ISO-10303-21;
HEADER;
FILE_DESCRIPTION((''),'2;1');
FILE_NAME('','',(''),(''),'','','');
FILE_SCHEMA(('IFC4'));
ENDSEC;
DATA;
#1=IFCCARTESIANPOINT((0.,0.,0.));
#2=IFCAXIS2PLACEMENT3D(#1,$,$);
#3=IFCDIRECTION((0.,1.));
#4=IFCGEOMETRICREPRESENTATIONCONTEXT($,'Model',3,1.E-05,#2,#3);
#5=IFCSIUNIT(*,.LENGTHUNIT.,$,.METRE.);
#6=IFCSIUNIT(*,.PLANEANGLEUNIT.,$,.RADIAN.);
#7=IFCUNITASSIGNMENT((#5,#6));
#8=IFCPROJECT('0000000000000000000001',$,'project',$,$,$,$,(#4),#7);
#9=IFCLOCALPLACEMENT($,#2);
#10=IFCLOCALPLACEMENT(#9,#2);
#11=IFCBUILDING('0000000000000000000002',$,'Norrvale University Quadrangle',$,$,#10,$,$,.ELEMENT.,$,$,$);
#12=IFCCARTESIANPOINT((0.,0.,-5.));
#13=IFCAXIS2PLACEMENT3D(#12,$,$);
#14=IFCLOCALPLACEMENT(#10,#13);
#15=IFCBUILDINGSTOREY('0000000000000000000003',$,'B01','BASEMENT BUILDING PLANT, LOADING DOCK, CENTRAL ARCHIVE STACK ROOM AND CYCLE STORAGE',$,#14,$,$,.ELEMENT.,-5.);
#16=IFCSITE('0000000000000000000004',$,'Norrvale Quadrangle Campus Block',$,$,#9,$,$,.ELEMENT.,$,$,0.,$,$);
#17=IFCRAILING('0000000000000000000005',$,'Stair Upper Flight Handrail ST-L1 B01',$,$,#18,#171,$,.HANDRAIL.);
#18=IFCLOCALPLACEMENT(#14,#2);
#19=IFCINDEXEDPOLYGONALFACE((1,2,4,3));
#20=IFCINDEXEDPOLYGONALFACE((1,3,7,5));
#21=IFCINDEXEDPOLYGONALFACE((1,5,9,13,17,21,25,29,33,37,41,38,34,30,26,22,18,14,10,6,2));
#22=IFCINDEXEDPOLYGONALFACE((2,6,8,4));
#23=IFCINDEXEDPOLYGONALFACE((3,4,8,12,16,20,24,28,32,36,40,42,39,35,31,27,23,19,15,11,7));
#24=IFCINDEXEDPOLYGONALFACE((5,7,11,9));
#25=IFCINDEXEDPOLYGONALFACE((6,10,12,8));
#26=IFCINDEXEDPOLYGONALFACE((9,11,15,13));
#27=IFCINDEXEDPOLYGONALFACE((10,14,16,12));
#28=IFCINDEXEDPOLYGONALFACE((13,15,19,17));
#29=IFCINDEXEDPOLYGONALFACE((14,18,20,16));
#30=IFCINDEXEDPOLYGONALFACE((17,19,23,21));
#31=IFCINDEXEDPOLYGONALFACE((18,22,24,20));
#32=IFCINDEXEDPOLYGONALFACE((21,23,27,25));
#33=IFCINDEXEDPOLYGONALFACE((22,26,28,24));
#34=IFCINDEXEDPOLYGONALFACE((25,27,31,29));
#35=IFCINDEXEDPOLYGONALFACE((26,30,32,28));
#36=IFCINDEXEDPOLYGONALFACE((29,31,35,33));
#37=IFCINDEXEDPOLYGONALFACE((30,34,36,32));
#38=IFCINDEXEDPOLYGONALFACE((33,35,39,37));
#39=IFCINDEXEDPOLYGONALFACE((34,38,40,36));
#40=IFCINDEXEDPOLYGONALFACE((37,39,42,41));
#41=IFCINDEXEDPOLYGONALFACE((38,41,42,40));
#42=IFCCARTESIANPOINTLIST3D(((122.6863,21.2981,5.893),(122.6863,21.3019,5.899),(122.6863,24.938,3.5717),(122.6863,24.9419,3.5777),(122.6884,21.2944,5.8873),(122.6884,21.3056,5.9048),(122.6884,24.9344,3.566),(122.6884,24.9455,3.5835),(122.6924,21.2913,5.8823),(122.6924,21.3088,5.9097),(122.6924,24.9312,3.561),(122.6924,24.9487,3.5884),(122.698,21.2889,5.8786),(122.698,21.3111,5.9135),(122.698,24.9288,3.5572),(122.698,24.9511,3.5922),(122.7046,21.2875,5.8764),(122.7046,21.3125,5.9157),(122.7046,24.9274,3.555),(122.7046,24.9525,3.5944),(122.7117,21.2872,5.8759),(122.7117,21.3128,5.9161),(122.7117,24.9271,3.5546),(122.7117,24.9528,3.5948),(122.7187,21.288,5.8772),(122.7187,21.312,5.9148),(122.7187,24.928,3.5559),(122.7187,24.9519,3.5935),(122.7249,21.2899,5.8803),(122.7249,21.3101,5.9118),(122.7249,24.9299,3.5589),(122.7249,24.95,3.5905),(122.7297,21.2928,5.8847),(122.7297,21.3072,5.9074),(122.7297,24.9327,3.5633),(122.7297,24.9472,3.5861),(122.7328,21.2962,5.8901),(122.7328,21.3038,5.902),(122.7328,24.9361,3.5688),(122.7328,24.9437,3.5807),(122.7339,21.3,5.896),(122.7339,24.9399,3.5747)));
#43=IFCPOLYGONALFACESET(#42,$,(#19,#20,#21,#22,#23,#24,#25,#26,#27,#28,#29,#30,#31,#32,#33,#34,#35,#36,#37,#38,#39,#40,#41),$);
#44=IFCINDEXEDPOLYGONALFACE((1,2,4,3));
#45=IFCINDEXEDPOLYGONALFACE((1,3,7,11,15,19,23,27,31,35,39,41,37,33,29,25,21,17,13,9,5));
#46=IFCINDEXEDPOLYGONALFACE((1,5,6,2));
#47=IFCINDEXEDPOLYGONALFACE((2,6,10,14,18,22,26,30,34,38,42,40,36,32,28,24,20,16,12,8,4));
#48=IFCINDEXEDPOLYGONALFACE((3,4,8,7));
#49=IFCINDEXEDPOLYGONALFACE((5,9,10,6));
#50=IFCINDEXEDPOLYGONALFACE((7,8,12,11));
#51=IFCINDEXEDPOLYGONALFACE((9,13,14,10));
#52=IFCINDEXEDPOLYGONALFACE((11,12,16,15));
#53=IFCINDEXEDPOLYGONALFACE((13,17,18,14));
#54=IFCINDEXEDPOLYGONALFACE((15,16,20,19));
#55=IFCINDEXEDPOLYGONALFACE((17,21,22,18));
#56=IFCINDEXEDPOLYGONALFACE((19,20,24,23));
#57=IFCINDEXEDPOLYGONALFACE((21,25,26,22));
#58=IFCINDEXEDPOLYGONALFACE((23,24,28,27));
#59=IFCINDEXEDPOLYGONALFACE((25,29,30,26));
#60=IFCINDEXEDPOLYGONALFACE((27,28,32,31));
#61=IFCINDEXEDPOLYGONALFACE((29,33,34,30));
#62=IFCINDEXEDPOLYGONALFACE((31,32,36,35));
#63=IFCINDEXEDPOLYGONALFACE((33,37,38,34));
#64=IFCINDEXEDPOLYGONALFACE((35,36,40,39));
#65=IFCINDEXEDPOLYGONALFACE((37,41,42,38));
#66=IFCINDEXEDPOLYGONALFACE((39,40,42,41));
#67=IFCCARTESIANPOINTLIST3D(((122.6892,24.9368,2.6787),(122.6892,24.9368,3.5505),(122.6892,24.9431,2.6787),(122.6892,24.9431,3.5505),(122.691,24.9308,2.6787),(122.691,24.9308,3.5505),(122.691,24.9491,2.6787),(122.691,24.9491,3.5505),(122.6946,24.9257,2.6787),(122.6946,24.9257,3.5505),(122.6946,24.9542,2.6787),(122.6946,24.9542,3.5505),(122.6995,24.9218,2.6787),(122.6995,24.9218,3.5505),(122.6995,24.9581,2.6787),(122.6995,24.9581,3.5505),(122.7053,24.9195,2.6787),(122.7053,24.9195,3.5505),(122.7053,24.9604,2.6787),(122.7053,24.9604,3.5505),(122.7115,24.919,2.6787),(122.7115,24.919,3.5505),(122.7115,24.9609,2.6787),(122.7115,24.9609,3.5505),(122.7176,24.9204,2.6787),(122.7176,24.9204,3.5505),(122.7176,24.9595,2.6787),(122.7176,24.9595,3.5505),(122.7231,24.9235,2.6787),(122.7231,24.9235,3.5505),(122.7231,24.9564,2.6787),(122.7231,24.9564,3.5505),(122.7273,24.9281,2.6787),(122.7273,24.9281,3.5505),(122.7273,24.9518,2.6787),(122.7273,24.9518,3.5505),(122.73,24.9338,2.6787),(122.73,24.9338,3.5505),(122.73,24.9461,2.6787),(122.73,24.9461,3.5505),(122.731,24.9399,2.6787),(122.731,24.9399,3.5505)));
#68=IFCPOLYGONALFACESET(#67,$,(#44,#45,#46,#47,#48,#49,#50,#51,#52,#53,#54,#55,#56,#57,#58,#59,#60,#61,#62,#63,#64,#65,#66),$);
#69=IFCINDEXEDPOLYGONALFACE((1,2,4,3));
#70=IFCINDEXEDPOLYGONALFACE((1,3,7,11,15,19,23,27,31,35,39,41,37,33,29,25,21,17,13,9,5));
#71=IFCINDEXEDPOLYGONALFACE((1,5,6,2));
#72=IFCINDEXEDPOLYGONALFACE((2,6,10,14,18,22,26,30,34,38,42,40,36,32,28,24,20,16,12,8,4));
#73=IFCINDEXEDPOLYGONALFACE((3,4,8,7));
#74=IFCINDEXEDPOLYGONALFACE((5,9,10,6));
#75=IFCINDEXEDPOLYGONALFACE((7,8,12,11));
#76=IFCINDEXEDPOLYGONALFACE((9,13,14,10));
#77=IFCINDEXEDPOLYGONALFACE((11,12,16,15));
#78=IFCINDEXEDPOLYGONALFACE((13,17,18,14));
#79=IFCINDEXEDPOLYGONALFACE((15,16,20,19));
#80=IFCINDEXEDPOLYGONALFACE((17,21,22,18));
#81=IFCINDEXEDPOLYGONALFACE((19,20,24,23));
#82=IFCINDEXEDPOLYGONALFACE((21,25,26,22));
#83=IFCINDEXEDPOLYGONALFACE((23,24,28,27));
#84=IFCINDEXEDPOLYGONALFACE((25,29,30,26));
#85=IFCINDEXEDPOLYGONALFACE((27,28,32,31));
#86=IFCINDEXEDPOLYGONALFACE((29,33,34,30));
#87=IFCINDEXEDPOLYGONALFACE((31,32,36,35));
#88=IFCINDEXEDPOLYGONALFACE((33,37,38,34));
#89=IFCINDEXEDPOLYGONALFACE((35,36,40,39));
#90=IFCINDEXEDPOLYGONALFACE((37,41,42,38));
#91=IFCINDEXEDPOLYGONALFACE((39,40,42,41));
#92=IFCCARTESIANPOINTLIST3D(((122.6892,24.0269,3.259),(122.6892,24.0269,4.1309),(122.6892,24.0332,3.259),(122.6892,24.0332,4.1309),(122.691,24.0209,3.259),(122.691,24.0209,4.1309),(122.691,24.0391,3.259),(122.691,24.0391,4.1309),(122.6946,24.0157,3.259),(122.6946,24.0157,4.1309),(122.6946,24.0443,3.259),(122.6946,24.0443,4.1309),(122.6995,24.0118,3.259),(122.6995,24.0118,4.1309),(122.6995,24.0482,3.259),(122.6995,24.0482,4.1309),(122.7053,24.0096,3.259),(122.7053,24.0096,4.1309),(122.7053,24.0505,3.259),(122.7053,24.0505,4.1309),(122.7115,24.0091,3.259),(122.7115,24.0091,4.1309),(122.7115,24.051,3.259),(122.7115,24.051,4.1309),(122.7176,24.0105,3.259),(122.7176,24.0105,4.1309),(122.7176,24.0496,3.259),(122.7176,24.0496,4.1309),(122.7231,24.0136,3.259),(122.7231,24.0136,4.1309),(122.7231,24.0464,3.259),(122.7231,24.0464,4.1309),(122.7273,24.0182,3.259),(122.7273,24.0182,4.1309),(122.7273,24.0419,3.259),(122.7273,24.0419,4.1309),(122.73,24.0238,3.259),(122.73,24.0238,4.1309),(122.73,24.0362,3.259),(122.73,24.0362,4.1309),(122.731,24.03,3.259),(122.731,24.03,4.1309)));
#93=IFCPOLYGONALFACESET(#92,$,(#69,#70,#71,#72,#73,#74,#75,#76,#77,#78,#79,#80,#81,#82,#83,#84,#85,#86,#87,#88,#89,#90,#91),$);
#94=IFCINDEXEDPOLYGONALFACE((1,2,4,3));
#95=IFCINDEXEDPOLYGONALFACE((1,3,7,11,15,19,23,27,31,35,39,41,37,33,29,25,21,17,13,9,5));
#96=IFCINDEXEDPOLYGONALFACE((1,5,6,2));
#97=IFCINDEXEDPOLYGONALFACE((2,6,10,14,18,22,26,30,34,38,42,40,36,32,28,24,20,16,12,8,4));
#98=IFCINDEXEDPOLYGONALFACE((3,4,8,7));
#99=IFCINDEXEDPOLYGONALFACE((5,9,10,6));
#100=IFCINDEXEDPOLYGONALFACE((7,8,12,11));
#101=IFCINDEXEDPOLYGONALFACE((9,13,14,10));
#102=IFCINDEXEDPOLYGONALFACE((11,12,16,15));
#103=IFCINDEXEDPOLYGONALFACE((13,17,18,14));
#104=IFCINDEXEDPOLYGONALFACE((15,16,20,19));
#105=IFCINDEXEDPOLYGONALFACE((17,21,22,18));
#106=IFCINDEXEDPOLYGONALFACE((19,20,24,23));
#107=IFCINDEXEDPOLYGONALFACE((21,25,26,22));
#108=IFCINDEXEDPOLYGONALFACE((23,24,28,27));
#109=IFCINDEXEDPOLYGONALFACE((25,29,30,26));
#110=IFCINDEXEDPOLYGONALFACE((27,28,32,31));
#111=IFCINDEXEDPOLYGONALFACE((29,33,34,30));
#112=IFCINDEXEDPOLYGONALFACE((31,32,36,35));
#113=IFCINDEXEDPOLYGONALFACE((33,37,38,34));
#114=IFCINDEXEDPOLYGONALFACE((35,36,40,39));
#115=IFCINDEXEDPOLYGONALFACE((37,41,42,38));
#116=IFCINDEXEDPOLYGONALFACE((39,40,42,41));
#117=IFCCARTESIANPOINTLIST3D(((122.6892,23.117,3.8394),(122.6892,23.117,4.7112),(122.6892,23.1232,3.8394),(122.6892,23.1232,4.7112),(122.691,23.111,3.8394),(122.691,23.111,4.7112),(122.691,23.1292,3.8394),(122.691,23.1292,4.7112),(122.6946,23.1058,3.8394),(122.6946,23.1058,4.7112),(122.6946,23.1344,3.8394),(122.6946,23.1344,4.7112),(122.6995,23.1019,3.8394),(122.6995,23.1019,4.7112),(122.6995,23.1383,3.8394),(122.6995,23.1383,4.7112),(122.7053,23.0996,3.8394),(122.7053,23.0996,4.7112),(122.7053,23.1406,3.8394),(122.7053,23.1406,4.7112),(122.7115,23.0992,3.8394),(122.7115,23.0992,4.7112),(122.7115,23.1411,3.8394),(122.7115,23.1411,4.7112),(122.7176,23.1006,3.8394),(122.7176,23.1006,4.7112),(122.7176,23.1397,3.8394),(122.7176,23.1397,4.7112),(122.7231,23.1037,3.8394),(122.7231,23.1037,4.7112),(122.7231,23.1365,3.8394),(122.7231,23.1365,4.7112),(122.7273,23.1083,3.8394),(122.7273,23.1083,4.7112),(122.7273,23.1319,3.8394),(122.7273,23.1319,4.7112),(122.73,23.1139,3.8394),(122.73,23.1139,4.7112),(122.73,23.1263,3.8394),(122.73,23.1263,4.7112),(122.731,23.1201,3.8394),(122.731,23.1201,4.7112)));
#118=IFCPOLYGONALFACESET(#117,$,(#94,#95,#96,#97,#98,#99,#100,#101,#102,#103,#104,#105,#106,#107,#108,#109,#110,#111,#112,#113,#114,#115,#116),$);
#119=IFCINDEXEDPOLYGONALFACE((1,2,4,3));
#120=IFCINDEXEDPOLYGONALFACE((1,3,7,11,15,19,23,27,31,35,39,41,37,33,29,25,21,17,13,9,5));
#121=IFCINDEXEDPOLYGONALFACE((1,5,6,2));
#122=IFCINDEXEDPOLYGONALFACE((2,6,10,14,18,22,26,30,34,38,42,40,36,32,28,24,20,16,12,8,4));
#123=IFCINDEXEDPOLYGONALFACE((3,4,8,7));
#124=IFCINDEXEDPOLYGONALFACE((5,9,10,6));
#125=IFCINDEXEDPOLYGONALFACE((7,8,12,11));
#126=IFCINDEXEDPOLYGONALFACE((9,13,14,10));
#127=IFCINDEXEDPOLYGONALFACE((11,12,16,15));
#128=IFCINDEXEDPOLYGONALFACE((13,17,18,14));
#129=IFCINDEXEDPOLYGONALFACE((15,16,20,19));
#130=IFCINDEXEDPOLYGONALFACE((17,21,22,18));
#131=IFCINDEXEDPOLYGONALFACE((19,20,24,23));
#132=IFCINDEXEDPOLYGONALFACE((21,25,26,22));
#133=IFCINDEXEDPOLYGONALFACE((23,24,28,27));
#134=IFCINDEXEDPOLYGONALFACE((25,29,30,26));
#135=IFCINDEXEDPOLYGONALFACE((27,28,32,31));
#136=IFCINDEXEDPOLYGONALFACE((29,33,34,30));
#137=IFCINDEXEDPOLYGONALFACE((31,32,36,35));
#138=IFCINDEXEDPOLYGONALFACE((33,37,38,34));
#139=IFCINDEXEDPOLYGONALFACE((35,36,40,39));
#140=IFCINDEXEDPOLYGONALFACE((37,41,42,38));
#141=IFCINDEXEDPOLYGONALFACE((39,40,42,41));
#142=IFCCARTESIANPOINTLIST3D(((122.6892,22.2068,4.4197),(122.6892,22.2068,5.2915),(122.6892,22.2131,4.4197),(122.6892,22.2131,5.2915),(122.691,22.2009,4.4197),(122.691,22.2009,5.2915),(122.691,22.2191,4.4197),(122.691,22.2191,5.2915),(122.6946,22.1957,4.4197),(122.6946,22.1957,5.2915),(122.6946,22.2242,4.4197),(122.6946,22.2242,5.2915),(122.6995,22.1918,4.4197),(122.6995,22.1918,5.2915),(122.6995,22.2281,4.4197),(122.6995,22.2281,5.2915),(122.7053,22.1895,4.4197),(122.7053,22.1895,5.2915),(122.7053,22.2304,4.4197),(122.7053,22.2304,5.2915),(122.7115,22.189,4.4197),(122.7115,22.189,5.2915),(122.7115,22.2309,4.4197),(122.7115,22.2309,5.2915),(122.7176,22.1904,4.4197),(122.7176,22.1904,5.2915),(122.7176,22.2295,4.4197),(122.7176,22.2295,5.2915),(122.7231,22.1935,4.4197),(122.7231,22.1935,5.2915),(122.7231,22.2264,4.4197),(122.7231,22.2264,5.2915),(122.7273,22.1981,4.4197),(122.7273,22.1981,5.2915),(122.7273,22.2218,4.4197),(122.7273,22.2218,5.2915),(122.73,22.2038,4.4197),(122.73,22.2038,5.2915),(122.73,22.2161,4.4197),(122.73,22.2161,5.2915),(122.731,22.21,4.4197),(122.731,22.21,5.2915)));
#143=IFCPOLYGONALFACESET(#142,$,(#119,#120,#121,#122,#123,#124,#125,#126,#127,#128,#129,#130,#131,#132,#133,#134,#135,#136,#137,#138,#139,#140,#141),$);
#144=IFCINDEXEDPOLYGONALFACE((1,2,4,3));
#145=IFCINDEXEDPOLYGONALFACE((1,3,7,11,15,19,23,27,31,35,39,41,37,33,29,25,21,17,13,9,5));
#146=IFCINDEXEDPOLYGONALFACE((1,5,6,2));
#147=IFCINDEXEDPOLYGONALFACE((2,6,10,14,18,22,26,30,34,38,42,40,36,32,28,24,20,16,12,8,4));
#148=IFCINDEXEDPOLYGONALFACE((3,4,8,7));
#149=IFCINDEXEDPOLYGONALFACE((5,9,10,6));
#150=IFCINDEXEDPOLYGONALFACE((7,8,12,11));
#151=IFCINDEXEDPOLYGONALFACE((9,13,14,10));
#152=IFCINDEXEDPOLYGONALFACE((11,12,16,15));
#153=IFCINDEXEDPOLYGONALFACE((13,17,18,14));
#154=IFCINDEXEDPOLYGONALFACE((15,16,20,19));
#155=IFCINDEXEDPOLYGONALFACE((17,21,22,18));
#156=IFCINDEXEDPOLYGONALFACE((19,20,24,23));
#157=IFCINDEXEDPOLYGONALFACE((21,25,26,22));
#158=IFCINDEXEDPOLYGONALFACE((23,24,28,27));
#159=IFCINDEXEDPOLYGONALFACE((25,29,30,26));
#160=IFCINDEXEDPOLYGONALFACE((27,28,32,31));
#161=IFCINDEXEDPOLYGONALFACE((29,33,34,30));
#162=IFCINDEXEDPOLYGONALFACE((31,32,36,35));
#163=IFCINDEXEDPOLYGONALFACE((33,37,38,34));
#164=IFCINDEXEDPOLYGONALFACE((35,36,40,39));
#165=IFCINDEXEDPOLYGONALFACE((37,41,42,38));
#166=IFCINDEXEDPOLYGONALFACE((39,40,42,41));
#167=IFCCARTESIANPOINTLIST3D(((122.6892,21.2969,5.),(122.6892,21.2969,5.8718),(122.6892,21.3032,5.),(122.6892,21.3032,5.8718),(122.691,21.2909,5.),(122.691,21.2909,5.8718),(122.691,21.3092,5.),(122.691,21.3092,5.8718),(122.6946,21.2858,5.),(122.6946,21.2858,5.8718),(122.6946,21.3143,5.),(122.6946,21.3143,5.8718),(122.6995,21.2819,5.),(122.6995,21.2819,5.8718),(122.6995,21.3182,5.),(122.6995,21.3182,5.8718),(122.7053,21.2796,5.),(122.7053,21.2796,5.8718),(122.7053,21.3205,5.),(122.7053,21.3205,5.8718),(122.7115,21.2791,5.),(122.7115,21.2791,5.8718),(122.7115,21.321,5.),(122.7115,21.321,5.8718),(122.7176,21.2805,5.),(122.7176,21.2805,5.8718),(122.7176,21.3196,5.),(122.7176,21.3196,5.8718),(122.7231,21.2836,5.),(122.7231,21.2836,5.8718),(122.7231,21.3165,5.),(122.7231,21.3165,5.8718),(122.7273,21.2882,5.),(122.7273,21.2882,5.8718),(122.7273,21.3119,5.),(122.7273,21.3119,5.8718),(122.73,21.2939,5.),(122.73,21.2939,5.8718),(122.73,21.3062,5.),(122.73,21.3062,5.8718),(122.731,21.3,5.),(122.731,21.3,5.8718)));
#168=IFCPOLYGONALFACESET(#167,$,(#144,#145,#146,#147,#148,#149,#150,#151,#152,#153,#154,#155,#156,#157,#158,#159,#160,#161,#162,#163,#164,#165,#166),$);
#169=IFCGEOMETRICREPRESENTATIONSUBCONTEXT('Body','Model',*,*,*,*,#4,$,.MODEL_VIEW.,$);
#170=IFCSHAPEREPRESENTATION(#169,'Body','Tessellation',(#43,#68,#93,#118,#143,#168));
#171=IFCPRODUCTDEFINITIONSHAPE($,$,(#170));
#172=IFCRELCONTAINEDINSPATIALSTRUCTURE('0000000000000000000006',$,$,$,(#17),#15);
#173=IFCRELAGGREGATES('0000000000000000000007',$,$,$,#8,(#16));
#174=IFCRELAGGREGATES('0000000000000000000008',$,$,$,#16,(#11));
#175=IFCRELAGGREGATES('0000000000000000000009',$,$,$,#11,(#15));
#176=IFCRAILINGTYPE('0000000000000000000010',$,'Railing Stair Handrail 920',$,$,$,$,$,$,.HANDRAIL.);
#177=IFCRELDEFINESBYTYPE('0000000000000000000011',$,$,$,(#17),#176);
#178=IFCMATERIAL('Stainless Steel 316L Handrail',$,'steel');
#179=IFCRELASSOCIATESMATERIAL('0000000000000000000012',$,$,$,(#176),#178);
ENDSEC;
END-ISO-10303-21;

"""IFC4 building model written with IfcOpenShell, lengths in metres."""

from ifc_helpers import new_model, si_unit, direction, frame, origin, origin_2d, place, context, subcontext, project, spatial, circle, extrude, material, type_object, element, save


model = new_model("IFC4")

# Units and contexts
model_context = context("Model", 3, precision=1e-05, world=origin(), true_north=direction((0.0, 1.0)))
body_context = subcontext(model_context, "Body", "Model", "MODEL_VIEW")
ifc_project = project(units=[si_unit("LENGTHUNIT", "METRE"), si_unit("PLANEANGLEUNIT", "RADIAN")], contexts=[model_context])

# Site, building, storey
site_placement = place(None, origin())
site = spatial("IfcSite", under=ifc_project, at=site_placement, Name="Norrvale Quadrangle Campus Block", CompositionType="ELEMENT", RefElevation=0.0)
building_placement = place(site_placement, origin())
building = spatial("IfcBuilding", under=site, at=building_placement, Name="Norrvale University Quadrangle", CompositionType="ELEMENT")
storey_placement = place(building_placement, frame((0.0, 0.0, -5.0)))
storey = spatial("IfcBuildingStorey", under=building, at=storey_placement, Name="B01", Description="BASEMENT BUILDING PLANT, LOADING DOCK, CENTRAL ARCHIVE STACK ROOM AND CYCLE STORAGE", CompositionType="ELEMENT", Elevation=-5.0)

# Railing
ifc_material_1 = material(Name="Stainless Steel 316L Handrail", Category="steel")
railing_type_1 = type_object("IfcRailingType", Name="Railing Stair Handrail 920", PredefinedType="HANDRAIL", material=ifc_material_1)
railing_1_placement = place(storey_placement, frame((122.71, 24.9399, 2.6787)))
element("IfcRailing", 1, at=railing_1_placement, inside=storey, type_object=railing_type_1, Name="Stair Upper Flight Handrail ST-L1 B01", PredefinedType="HANDRAIL", context=body_context, shape_type="SweptSolid", body=[
    extrude(circle(Radius=0.0239, at=origin_2d()), frame((0.0, 0.0, 0.896), z_axis=(0.0, -0.843137, 0.537699), x_axis=(1.0, 0.0, 0.0)), (0.0, 0.0, 1.0), 4.3171),
    extrude(circle(Radius=0.021, at=origin_2d()), origin(), (0.0, 0.0, 1.0), 0.8718),
    extrude(circle(Radius=0.021, at=origin_2d()), frame((0.0, -0.9099, 0.5803)), (0.0, 0.0, 1.0), 0.8718),
    extrude(circle(Radius=0.021, at=origin_2d()), frame((0.0, -1.8198, 1.1606)), (0.0, 0.0, 1.0), 0.8718),
    extrude(circle(Radius=0.021, at=origin_2d()), frame((0.0, -2.73, 1.741)), (0.0, 0.0, 1.0), 0.8718),
    extrude(circle(Radius=0.021, at=origin_2d()), frame((0.0, -3.6399, 2.3213)), (0.0, 0.0, 1.0), 0.8718),
])

save(model, "model.ifc")
